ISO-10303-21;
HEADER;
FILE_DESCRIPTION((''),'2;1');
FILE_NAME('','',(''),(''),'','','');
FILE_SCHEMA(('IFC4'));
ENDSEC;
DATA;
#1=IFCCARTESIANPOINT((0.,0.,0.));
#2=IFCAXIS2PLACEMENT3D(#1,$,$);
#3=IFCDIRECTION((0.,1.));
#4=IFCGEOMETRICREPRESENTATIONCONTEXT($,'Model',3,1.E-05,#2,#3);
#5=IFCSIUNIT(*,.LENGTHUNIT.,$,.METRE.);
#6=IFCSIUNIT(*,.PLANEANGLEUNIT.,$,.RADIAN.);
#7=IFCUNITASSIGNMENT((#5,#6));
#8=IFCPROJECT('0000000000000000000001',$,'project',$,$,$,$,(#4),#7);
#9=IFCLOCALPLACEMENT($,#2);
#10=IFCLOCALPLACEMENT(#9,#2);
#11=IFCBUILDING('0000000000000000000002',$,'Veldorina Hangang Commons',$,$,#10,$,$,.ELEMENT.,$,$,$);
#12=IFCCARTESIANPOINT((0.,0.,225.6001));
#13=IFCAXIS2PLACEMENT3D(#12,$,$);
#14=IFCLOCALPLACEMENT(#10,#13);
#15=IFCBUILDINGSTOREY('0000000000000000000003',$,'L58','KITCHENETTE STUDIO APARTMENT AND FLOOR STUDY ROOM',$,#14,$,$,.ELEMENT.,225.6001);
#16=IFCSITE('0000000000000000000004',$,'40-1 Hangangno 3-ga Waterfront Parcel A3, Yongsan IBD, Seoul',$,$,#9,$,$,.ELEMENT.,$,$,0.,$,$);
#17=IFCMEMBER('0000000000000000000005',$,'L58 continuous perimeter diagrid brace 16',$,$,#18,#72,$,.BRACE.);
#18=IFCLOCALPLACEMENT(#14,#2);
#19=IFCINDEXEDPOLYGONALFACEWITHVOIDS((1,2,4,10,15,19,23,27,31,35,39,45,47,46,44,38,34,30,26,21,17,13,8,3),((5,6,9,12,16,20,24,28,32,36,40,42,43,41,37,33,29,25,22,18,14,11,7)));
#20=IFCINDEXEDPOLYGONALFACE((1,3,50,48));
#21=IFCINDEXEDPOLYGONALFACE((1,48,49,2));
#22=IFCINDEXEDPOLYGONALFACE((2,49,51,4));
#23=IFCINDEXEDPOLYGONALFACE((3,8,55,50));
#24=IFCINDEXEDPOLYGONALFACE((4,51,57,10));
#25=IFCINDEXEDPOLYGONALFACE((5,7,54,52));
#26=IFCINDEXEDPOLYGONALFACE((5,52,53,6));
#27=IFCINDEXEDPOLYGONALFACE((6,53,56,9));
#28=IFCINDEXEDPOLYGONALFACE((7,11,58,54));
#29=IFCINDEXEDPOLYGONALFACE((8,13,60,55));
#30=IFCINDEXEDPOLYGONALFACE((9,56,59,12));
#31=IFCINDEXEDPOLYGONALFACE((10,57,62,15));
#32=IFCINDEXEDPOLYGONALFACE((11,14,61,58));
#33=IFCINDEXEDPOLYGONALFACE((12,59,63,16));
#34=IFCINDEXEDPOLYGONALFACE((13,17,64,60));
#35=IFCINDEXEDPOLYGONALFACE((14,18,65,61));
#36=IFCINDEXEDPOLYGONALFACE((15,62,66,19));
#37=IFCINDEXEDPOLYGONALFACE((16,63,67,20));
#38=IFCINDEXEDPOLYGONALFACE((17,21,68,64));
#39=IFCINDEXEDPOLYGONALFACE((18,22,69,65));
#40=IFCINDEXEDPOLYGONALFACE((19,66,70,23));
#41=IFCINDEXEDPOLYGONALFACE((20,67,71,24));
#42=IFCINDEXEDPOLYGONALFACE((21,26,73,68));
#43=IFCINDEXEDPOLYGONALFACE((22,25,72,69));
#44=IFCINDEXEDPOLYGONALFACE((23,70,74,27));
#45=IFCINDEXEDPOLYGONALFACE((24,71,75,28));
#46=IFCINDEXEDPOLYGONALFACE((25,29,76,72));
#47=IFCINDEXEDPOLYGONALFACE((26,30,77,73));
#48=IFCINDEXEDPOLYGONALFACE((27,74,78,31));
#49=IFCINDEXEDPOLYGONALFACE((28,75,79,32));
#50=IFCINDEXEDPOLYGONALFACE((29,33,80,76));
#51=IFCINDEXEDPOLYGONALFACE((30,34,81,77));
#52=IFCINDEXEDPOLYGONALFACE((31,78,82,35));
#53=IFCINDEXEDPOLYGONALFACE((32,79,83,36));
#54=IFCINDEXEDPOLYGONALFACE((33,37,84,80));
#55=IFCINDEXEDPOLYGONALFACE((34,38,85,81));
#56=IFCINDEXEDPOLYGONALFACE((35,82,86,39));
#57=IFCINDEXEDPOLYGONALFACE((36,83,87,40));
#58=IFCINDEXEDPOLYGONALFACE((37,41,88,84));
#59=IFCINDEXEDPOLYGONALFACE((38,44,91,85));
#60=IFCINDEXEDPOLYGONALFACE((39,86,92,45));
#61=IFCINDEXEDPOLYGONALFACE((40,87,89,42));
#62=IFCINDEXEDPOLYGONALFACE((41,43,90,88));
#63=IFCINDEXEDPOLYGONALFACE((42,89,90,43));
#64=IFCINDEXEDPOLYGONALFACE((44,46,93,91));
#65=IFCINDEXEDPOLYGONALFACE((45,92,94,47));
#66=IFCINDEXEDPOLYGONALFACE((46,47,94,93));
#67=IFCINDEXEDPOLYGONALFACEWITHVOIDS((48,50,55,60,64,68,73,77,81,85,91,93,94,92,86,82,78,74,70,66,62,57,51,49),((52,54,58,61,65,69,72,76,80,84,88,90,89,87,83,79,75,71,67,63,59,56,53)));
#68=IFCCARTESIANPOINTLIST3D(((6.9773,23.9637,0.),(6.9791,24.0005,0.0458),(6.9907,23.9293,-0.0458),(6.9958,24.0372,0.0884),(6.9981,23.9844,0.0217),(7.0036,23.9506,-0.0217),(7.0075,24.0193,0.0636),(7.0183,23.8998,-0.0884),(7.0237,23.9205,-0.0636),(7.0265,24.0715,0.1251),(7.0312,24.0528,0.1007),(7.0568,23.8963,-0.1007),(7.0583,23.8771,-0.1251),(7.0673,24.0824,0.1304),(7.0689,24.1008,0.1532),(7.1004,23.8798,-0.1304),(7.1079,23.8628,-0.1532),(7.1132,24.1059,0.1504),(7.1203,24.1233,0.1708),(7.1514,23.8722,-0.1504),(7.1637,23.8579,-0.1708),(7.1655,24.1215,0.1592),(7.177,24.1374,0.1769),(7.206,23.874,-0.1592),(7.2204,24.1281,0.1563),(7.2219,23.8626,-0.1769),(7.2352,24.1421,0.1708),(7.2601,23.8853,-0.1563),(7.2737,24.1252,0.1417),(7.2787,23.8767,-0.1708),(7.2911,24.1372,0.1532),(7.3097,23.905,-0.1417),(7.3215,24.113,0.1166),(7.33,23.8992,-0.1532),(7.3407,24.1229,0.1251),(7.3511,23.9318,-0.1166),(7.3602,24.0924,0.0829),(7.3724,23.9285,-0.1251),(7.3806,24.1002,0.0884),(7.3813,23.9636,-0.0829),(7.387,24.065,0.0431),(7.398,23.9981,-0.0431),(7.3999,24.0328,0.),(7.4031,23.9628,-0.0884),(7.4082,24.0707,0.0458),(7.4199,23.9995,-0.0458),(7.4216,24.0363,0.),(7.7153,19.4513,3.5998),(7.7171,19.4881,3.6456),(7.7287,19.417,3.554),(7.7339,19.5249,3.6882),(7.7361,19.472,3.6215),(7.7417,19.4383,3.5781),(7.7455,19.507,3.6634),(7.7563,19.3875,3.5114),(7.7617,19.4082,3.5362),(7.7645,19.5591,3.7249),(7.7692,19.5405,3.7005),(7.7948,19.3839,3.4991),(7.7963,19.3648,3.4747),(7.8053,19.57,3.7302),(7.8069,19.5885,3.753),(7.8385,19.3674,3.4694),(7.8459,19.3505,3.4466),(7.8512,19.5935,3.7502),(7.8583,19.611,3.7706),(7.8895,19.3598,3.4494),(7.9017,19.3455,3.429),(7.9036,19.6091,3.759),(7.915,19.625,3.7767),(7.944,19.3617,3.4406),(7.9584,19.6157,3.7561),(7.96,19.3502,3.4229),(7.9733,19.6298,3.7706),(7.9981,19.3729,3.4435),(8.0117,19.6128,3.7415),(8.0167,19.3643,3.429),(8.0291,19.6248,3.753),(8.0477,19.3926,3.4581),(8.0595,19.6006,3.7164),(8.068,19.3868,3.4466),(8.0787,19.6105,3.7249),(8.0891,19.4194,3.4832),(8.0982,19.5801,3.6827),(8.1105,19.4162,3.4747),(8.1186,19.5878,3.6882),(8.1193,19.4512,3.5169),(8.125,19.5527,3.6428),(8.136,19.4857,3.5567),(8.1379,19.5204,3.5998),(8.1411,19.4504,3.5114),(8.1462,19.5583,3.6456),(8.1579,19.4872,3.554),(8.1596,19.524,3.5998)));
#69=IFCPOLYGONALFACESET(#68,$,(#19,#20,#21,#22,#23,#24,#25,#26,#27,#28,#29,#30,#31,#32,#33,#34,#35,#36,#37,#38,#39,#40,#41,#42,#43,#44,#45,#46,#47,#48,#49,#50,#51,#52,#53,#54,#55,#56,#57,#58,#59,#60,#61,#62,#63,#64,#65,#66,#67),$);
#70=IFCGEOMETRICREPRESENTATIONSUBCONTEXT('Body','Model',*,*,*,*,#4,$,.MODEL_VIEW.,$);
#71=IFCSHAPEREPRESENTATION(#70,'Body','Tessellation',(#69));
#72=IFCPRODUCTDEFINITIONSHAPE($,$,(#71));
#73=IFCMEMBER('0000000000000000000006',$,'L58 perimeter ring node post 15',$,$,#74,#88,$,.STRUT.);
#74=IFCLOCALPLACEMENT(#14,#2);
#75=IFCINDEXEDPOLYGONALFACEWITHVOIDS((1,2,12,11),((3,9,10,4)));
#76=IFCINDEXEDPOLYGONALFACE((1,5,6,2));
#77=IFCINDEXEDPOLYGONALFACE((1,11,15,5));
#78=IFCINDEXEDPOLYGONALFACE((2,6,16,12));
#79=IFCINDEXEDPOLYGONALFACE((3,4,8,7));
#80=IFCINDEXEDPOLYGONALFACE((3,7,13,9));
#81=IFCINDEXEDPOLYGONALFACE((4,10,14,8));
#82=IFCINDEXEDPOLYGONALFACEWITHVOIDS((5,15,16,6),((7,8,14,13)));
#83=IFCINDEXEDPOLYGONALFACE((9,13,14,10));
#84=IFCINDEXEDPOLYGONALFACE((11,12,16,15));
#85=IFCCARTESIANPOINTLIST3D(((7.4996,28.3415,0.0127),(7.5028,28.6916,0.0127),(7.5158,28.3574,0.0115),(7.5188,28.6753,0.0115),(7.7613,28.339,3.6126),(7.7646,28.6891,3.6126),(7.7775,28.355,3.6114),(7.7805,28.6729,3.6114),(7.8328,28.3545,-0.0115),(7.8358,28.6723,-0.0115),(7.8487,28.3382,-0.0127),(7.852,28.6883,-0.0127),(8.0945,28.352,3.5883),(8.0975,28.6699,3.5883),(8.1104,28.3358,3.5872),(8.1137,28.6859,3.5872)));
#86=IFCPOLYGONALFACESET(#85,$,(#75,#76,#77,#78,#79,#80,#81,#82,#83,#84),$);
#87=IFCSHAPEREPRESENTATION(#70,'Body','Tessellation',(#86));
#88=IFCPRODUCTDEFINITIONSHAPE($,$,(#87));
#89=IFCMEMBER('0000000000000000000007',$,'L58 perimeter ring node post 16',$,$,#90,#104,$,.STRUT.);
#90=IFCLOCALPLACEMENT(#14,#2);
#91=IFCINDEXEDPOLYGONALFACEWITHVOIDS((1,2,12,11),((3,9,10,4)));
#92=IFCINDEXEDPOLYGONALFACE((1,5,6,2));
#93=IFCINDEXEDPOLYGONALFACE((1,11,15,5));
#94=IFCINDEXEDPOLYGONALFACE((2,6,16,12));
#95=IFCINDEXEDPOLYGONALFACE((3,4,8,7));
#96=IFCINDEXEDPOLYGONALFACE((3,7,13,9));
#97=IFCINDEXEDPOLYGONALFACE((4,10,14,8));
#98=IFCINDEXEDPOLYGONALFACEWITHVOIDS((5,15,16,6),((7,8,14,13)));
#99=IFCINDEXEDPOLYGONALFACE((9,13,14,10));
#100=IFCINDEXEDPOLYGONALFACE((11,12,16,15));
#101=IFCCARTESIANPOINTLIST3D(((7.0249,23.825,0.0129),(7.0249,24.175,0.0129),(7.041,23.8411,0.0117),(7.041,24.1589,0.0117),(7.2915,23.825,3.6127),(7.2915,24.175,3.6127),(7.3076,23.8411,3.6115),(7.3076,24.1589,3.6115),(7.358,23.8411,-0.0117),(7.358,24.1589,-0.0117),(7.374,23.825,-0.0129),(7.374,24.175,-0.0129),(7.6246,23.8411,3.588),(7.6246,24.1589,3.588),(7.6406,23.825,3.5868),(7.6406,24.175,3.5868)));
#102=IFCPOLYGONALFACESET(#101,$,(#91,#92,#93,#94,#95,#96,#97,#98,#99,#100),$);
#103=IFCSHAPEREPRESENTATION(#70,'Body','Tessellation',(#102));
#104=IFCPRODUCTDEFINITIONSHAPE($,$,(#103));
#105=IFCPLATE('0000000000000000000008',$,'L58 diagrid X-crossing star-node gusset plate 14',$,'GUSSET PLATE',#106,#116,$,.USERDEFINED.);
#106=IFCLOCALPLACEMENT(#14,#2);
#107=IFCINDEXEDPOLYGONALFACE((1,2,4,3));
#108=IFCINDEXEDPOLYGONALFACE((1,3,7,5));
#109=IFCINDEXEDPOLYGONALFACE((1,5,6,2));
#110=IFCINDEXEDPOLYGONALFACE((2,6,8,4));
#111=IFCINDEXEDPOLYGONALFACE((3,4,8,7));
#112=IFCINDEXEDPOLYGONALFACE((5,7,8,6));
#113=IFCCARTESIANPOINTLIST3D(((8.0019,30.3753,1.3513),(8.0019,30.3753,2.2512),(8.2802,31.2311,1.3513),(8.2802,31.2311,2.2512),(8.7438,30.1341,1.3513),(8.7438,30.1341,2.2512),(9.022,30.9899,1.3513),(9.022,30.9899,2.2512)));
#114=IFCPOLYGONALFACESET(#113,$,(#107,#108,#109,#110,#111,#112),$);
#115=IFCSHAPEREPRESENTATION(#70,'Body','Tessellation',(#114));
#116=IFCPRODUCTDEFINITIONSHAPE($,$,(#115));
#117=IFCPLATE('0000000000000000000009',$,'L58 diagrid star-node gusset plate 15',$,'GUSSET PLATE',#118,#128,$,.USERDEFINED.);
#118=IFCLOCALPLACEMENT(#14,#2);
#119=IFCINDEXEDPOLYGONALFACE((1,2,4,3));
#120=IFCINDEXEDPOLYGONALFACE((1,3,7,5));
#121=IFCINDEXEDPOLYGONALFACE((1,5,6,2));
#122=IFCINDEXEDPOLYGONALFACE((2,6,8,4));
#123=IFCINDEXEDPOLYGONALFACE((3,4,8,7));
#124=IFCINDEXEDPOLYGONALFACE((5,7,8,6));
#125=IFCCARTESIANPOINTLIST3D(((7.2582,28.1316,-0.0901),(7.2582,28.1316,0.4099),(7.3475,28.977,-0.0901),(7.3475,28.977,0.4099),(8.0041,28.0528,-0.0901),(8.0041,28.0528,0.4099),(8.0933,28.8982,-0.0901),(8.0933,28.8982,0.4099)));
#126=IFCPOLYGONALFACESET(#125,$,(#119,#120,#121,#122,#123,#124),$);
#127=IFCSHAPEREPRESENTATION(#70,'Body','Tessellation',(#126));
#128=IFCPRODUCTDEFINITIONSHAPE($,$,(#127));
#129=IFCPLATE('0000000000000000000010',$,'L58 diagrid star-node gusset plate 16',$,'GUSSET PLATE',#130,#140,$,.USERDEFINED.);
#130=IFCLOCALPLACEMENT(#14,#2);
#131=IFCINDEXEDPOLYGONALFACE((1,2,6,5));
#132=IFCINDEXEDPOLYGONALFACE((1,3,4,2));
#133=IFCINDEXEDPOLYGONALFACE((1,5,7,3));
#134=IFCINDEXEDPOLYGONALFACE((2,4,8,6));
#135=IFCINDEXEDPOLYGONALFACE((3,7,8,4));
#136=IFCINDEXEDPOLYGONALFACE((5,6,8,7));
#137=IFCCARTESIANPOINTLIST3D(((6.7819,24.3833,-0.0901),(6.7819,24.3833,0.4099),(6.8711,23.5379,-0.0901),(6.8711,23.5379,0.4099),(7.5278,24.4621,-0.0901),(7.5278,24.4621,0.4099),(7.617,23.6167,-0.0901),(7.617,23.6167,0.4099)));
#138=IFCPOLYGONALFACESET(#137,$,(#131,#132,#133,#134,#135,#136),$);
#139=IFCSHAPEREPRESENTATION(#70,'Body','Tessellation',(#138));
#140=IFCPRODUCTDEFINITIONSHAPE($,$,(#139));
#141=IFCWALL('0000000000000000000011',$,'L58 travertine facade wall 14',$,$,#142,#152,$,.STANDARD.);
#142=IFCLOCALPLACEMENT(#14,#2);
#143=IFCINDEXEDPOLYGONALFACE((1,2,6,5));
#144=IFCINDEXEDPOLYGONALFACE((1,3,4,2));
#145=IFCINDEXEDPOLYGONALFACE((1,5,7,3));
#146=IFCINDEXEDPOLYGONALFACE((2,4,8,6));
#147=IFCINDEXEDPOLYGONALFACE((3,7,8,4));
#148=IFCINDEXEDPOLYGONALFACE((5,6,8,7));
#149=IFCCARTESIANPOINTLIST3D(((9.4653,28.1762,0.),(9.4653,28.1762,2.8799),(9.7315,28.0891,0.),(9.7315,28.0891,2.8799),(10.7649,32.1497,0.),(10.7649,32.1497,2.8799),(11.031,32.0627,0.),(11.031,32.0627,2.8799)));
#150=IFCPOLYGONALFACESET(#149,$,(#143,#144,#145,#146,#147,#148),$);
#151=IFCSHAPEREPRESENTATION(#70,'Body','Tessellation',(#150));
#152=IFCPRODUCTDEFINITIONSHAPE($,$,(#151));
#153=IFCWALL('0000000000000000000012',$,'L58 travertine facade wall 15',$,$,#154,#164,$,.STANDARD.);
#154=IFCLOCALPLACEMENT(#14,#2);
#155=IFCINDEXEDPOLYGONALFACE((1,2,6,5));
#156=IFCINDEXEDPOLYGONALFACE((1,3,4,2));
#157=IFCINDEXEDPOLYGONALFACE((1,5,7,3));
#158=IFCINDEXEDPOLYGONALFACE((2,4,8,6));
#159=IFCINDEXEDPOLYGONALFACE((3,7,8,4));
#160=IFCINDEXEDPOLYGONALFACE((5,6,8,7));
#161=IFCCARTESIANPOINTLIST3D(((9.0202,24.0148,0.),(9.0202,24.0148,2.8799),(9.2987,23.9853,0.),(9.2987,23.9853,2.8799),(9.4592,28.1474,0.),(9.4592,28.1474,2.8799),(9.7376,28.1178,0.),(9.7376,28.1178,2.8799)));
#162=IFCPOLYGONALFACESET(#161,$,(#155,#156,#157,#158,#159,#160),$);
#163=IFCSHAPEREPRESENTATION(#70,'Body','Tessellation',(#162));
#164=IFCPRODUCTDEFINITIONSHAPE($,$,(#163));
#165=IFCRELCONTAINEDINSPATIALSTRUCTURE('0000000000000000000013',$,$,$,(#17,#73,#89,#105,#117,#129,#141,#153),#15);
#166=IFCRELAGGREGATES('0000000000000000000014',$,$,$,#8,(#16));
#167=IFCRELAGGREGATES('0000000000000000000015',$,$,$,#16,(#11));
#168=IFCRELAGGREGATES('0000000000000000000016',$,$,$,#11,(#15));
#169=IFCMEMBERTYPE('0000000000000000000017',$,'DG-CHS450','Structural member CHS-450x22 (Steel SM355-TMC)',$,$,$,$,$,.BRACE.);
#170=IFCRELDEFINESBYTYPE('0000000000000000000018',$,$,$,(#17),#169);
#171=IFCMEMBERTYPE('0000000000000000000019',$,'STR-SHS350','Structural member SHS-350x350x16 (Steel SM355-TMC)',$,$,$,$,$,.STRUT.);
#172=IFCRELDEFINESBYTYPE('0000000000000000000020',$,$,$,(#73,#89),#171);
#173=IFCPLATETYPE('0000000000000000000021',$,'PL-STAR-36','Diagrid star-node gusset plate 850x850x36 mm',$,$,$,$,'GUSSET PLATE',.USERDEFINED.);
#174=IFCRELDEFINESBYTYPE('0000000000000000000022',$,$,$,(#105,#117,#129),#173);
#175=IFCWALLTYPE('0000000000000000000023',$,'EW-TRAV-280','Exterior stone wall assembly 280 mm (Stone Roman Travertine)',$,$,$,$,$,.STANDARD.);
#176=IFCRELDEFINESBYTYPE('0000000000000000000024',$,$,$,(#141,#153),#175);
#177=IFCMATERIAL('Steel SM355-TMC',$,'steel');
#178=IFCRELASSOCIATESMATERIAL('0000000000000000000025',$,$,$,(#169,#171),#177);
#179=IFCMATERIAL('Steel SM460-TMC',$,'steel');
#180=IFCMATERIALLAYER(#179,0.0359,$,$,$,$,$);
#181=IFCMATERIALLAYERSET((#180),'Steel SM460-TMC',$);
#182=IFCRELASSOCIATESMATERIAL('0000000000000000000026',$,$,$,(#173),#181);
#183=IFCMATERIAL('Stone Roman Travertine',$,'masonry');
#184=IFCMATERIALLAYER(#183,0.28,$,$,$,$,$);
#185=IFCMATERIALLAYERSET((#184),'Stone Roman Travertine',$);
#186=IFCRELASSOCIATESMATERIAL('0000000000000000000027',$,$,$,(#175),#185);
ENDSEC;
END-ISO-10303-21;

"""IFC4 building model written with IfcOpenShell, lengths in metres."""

from ifc_helpers import new_model, si_unit, direction, frame, frame_2d, origin, origin_2d, place, context, subcontext, project, spatial, rectangle, hollow_rectangle, hollow_circle, extrude, material, layer, layer_set, material_profile, profile_set, type_object, element, save


model = new_model("IFC4")

# Units and contexts
model_context = context("Model", 3, precision=1e-05, world=origin(), true_north=direction((0.0, 1.0)))
body_context = subcontext(model_context, "Body", "Model", "MODEL_VIEW")
ifc_project = project(units=[si_unit("LENGTHUNIT", "METRE"), si_unit("PLANEANGLEUNIT", "RADIAN")], contexts=[model_context])

# Site, building, storey
site_placement = place(None, origin())
site = spatial("IfcSite", under=ifc_project, at=site_placement, Name="40-1 Hangangno 3-ga Waterfront Parcel A3, Yongsan IBD, Seoul", CompositionType="ELEMENT", RefElevation=0.0)
building_placement = place(site_placement, origin())
building = spatial("IfcBuilding", under=site, at=building_placement, Name="Veldorina Hangang Commons", CompositionType="ELEMENT")
storey_placement = place(building_placement, frame((0.0, 0.0, 225.6001)))
storey = spatial("IfcBuildingStorey", under=building, at=storey_placement, Name="L58", Description="KITCHENETTE STUDIO APARTMENT AND FLOOR STUDY ROOM", CompositionType="ELEMENT", Elevation=225.6001)

# Shared definitions
ifc_material_1 = material(Name="Steel SM355-TMC", Category="steel")

# Members
ifc_material_profile_1 = material_profile(ifc_material_1, hollow_circle(Radius=0.2251, WallThickness=0.022, at=origin_2d()), Name="CHS-450x22")
ifc_profile_set_1 = profile_set([ifc_material_profile_1], Name="Steel SM355-TMC")
member_type_1 = type_object("IfcMemberType", Name="DG-CHS450", Description="Structural member CHS-450x22 (Steel SM355-TMC)", PredefinedType="BRACE", material=ifc_profile_set_1)
member_1_placement = place(storey_placement, frame((7.1995, 24.0, 0.0), z_axis=(0.126823, -0.77541, 0.618591), x_axis=(0.986887, 0.161411, 0.0)))
element("IfcMember", 1, at=member_1_placement, inside=storey, type_object=member_type_1, Name="L58 continuous perimeter diagrid brace 16", PredefinedType="BRACE", context=body_context, shape_type="SweptSolid", body=[
    extrude(hollow_circle(Radius=0.2251, WallThickness=0.022, at=origin_2d()), origin(), (0.0, 0.0, 1.0), 5.8193),
])
ifc_material_profile_2 = material_profile(ifc_material_1, hollow_rectangle(XDim=0.3501, YDim=0.3501, WallThickness=0.0161, at=origin_2d()), Name="SHS-350x350x16")
ifc_profile_set_2 = profile_set([ifc_material_profile_2], Name="Steel SM355-TMC")
member_type_2 = type_object("IfcMemberType", Name="STR-SHS350", Description="Structural member SHS-350x350x16 (Steel SM355-TMC)", PredefinedType="STRUT", material=ifc_profile_set_2)
member_2_placement = place(storey_placement, frame((7.6758, 28.5149, 0.0), z_axis=(0.072511, -0.000676, 0.997367), x_axis=(0.009328, 0.999956, 0.0)))
element("IfcMember", 2, at=member_2_placement, inside=storey, type_object=member_type_2, Name="L58 perimeter ring node post 15", PredefinedType="STRUT", context=body_context, shape_type="SweptSolid", body=[
    extrude(hollow_rectangle(XDim=0.3501, YDim=0.3501, WallThickness=0.0161, at=origin_2d()), origin(), (0.0, 0.0, 1.0), 3.6094),
])
member_3_placement = place(storey_placement, frame((7.1995, 24.0, 0.0), z_axis=(0.073857, 0.0, 0.997269), x_axis=(0.0, 1.0, 0.0)))
element("IfcMember", 3, at=member_3_placement, inside=storey, type_object=member_type_2, Name="L58 perimeter ring node post 16", PredefinedType="STRUT", context=body_context, shape_type="SweptSolid", body=[
    extrude(hollow_rectangle(XDim=0.3501, YDim=0.3501, WallThickness=0.0161, at=origin_2d()), origin(), (0.0, 0.0, 1.0), 3.6096),
])

# Plates
ifc_material_2 = material(Name="Steel SM460-TMC", Category="steel")
ifc_layer_1 = layer(ifc_material_2, 0.0359)
ifc_layer_set_1 = layer_set([ifc_layer_1], Name="Steel SM460-TMC")
plate_type = type_object("IfcPlateType", Name="PL-STAR-36", Description="Diagrid star-node gusset plate 850x850x36 mm", ElementType="GUSSET PLATE", PredefinedType="USERDEFINED", material=ifc_layer_set_1)
plate_placement = place(storey_placement, frame((8.512, 30.6826, 1.3513), z_axis=(0.0, 0.0, 1.0), x_axis=(-0.309166, -0.951008, 0.0)))
element("IfcPlate", 4, at=plate_placement, inside=storey, type_object=plate_type, Name="L58 diagrid X-crossing star-node gusset plate 14", ObjectType="GUSSET PLATE", PredefinedType="USERDEFINED", context=body_context, shape_type="SweptSolid", body=[
    extrude(rectangle(XDim=0.8999, YDim=0.78, at=origin_2d()), origin(), (0.0, 0.0, 1.0), 0.8999),
])
for number, where, z_axis, x_axis, name in (
    (5, (7.6758, 28.5149, -0.0901), (0.0, 0.0, 1.0), (-0.104962, -0.994476, 0.0), "L58 diagrid star-node gusset plate 15"),
    (6, (7.1995, 24.0, -0.0901), (0.0, 0.0, 1.0), (0.104962, -0.994476, 0.0), "L58 diagrid star-node gusset plate 16"),
):
    element("IfcPlate", number, at=place(storey_placement, frame(where, z_axis=z_axis, x_axis=x_axis)), inside=storey, type_object=plate_type, Name=name, ObjectType="GUSSET PLATE", PredefinedType="USERDEFINED", context=body_context, shape_type="SweptSolid", body=[
        extrude(rectangle(XDim=0.8501, YDim=0.75, at=origin_2d()), origin(), (0.0, 0.0, 1.0), 0.5),
    ])

# Walls
ifc_material_3 = material(Name="Stone Roman Travertine", Category="masonry")
ifc_layer_2 = layer(ifc_material_3, 0.28)
ifc_layer_set_2 = layer_set([ifc_layer_2], Name="Stone Roman Travertine")
wall_type_1 = type_object("IfcWallType", Name="EW-TRAV-280", Description="Exterior stone wall assembly 280 mm (Stone Roman Travertine)", PredefinedType="STANDARD", material=ifc_layer_set_2)
wall_1_placement = place(storey_placement, frame((10.8979, 32.1062, 0.0), z_axis=(0.0, 0.0, 1.0), x_axis=(-0.310844, -0.950461, 0.0)))
element("IfcWall", 7, at=wall_1_placement, inside=storey, type_object=wall_type_1, Name="L58 travertine facade wall 14", PredefinedType="STANDARD", context=body_context, shape_type="SweptSolid", body=[
    extrude(rectangle(XDim=4.1807, YDim=0.28, at=frame_2d((2.0903, 0.0))), origin(), (0.0, 0.0, 1.0), 2.8799),
])
wall_2_placement = place(storey_placement, frame((9.5984, 28.1326, 0.0), z_axis=(0.0, 0.0, 1.0), x_axis=(-0.105627, -0.994406, 0.0)))
element("IfcWall", 8, at=wall_2_placement, inside=storey, type_object=wall_type_1, Name="L58 travertine facade wall 15", PredefinedType="STANDARD", context=body_context, shape_type="SweptSolid", body=[
    extrude(rectangle(XDim=4.1558, YDim=0.28, at=frame_2d((2.0779, 0.0))), origin(), (0.0, 0.0, 1.0), 2.8799),
])

save(model, "model.ifc")
